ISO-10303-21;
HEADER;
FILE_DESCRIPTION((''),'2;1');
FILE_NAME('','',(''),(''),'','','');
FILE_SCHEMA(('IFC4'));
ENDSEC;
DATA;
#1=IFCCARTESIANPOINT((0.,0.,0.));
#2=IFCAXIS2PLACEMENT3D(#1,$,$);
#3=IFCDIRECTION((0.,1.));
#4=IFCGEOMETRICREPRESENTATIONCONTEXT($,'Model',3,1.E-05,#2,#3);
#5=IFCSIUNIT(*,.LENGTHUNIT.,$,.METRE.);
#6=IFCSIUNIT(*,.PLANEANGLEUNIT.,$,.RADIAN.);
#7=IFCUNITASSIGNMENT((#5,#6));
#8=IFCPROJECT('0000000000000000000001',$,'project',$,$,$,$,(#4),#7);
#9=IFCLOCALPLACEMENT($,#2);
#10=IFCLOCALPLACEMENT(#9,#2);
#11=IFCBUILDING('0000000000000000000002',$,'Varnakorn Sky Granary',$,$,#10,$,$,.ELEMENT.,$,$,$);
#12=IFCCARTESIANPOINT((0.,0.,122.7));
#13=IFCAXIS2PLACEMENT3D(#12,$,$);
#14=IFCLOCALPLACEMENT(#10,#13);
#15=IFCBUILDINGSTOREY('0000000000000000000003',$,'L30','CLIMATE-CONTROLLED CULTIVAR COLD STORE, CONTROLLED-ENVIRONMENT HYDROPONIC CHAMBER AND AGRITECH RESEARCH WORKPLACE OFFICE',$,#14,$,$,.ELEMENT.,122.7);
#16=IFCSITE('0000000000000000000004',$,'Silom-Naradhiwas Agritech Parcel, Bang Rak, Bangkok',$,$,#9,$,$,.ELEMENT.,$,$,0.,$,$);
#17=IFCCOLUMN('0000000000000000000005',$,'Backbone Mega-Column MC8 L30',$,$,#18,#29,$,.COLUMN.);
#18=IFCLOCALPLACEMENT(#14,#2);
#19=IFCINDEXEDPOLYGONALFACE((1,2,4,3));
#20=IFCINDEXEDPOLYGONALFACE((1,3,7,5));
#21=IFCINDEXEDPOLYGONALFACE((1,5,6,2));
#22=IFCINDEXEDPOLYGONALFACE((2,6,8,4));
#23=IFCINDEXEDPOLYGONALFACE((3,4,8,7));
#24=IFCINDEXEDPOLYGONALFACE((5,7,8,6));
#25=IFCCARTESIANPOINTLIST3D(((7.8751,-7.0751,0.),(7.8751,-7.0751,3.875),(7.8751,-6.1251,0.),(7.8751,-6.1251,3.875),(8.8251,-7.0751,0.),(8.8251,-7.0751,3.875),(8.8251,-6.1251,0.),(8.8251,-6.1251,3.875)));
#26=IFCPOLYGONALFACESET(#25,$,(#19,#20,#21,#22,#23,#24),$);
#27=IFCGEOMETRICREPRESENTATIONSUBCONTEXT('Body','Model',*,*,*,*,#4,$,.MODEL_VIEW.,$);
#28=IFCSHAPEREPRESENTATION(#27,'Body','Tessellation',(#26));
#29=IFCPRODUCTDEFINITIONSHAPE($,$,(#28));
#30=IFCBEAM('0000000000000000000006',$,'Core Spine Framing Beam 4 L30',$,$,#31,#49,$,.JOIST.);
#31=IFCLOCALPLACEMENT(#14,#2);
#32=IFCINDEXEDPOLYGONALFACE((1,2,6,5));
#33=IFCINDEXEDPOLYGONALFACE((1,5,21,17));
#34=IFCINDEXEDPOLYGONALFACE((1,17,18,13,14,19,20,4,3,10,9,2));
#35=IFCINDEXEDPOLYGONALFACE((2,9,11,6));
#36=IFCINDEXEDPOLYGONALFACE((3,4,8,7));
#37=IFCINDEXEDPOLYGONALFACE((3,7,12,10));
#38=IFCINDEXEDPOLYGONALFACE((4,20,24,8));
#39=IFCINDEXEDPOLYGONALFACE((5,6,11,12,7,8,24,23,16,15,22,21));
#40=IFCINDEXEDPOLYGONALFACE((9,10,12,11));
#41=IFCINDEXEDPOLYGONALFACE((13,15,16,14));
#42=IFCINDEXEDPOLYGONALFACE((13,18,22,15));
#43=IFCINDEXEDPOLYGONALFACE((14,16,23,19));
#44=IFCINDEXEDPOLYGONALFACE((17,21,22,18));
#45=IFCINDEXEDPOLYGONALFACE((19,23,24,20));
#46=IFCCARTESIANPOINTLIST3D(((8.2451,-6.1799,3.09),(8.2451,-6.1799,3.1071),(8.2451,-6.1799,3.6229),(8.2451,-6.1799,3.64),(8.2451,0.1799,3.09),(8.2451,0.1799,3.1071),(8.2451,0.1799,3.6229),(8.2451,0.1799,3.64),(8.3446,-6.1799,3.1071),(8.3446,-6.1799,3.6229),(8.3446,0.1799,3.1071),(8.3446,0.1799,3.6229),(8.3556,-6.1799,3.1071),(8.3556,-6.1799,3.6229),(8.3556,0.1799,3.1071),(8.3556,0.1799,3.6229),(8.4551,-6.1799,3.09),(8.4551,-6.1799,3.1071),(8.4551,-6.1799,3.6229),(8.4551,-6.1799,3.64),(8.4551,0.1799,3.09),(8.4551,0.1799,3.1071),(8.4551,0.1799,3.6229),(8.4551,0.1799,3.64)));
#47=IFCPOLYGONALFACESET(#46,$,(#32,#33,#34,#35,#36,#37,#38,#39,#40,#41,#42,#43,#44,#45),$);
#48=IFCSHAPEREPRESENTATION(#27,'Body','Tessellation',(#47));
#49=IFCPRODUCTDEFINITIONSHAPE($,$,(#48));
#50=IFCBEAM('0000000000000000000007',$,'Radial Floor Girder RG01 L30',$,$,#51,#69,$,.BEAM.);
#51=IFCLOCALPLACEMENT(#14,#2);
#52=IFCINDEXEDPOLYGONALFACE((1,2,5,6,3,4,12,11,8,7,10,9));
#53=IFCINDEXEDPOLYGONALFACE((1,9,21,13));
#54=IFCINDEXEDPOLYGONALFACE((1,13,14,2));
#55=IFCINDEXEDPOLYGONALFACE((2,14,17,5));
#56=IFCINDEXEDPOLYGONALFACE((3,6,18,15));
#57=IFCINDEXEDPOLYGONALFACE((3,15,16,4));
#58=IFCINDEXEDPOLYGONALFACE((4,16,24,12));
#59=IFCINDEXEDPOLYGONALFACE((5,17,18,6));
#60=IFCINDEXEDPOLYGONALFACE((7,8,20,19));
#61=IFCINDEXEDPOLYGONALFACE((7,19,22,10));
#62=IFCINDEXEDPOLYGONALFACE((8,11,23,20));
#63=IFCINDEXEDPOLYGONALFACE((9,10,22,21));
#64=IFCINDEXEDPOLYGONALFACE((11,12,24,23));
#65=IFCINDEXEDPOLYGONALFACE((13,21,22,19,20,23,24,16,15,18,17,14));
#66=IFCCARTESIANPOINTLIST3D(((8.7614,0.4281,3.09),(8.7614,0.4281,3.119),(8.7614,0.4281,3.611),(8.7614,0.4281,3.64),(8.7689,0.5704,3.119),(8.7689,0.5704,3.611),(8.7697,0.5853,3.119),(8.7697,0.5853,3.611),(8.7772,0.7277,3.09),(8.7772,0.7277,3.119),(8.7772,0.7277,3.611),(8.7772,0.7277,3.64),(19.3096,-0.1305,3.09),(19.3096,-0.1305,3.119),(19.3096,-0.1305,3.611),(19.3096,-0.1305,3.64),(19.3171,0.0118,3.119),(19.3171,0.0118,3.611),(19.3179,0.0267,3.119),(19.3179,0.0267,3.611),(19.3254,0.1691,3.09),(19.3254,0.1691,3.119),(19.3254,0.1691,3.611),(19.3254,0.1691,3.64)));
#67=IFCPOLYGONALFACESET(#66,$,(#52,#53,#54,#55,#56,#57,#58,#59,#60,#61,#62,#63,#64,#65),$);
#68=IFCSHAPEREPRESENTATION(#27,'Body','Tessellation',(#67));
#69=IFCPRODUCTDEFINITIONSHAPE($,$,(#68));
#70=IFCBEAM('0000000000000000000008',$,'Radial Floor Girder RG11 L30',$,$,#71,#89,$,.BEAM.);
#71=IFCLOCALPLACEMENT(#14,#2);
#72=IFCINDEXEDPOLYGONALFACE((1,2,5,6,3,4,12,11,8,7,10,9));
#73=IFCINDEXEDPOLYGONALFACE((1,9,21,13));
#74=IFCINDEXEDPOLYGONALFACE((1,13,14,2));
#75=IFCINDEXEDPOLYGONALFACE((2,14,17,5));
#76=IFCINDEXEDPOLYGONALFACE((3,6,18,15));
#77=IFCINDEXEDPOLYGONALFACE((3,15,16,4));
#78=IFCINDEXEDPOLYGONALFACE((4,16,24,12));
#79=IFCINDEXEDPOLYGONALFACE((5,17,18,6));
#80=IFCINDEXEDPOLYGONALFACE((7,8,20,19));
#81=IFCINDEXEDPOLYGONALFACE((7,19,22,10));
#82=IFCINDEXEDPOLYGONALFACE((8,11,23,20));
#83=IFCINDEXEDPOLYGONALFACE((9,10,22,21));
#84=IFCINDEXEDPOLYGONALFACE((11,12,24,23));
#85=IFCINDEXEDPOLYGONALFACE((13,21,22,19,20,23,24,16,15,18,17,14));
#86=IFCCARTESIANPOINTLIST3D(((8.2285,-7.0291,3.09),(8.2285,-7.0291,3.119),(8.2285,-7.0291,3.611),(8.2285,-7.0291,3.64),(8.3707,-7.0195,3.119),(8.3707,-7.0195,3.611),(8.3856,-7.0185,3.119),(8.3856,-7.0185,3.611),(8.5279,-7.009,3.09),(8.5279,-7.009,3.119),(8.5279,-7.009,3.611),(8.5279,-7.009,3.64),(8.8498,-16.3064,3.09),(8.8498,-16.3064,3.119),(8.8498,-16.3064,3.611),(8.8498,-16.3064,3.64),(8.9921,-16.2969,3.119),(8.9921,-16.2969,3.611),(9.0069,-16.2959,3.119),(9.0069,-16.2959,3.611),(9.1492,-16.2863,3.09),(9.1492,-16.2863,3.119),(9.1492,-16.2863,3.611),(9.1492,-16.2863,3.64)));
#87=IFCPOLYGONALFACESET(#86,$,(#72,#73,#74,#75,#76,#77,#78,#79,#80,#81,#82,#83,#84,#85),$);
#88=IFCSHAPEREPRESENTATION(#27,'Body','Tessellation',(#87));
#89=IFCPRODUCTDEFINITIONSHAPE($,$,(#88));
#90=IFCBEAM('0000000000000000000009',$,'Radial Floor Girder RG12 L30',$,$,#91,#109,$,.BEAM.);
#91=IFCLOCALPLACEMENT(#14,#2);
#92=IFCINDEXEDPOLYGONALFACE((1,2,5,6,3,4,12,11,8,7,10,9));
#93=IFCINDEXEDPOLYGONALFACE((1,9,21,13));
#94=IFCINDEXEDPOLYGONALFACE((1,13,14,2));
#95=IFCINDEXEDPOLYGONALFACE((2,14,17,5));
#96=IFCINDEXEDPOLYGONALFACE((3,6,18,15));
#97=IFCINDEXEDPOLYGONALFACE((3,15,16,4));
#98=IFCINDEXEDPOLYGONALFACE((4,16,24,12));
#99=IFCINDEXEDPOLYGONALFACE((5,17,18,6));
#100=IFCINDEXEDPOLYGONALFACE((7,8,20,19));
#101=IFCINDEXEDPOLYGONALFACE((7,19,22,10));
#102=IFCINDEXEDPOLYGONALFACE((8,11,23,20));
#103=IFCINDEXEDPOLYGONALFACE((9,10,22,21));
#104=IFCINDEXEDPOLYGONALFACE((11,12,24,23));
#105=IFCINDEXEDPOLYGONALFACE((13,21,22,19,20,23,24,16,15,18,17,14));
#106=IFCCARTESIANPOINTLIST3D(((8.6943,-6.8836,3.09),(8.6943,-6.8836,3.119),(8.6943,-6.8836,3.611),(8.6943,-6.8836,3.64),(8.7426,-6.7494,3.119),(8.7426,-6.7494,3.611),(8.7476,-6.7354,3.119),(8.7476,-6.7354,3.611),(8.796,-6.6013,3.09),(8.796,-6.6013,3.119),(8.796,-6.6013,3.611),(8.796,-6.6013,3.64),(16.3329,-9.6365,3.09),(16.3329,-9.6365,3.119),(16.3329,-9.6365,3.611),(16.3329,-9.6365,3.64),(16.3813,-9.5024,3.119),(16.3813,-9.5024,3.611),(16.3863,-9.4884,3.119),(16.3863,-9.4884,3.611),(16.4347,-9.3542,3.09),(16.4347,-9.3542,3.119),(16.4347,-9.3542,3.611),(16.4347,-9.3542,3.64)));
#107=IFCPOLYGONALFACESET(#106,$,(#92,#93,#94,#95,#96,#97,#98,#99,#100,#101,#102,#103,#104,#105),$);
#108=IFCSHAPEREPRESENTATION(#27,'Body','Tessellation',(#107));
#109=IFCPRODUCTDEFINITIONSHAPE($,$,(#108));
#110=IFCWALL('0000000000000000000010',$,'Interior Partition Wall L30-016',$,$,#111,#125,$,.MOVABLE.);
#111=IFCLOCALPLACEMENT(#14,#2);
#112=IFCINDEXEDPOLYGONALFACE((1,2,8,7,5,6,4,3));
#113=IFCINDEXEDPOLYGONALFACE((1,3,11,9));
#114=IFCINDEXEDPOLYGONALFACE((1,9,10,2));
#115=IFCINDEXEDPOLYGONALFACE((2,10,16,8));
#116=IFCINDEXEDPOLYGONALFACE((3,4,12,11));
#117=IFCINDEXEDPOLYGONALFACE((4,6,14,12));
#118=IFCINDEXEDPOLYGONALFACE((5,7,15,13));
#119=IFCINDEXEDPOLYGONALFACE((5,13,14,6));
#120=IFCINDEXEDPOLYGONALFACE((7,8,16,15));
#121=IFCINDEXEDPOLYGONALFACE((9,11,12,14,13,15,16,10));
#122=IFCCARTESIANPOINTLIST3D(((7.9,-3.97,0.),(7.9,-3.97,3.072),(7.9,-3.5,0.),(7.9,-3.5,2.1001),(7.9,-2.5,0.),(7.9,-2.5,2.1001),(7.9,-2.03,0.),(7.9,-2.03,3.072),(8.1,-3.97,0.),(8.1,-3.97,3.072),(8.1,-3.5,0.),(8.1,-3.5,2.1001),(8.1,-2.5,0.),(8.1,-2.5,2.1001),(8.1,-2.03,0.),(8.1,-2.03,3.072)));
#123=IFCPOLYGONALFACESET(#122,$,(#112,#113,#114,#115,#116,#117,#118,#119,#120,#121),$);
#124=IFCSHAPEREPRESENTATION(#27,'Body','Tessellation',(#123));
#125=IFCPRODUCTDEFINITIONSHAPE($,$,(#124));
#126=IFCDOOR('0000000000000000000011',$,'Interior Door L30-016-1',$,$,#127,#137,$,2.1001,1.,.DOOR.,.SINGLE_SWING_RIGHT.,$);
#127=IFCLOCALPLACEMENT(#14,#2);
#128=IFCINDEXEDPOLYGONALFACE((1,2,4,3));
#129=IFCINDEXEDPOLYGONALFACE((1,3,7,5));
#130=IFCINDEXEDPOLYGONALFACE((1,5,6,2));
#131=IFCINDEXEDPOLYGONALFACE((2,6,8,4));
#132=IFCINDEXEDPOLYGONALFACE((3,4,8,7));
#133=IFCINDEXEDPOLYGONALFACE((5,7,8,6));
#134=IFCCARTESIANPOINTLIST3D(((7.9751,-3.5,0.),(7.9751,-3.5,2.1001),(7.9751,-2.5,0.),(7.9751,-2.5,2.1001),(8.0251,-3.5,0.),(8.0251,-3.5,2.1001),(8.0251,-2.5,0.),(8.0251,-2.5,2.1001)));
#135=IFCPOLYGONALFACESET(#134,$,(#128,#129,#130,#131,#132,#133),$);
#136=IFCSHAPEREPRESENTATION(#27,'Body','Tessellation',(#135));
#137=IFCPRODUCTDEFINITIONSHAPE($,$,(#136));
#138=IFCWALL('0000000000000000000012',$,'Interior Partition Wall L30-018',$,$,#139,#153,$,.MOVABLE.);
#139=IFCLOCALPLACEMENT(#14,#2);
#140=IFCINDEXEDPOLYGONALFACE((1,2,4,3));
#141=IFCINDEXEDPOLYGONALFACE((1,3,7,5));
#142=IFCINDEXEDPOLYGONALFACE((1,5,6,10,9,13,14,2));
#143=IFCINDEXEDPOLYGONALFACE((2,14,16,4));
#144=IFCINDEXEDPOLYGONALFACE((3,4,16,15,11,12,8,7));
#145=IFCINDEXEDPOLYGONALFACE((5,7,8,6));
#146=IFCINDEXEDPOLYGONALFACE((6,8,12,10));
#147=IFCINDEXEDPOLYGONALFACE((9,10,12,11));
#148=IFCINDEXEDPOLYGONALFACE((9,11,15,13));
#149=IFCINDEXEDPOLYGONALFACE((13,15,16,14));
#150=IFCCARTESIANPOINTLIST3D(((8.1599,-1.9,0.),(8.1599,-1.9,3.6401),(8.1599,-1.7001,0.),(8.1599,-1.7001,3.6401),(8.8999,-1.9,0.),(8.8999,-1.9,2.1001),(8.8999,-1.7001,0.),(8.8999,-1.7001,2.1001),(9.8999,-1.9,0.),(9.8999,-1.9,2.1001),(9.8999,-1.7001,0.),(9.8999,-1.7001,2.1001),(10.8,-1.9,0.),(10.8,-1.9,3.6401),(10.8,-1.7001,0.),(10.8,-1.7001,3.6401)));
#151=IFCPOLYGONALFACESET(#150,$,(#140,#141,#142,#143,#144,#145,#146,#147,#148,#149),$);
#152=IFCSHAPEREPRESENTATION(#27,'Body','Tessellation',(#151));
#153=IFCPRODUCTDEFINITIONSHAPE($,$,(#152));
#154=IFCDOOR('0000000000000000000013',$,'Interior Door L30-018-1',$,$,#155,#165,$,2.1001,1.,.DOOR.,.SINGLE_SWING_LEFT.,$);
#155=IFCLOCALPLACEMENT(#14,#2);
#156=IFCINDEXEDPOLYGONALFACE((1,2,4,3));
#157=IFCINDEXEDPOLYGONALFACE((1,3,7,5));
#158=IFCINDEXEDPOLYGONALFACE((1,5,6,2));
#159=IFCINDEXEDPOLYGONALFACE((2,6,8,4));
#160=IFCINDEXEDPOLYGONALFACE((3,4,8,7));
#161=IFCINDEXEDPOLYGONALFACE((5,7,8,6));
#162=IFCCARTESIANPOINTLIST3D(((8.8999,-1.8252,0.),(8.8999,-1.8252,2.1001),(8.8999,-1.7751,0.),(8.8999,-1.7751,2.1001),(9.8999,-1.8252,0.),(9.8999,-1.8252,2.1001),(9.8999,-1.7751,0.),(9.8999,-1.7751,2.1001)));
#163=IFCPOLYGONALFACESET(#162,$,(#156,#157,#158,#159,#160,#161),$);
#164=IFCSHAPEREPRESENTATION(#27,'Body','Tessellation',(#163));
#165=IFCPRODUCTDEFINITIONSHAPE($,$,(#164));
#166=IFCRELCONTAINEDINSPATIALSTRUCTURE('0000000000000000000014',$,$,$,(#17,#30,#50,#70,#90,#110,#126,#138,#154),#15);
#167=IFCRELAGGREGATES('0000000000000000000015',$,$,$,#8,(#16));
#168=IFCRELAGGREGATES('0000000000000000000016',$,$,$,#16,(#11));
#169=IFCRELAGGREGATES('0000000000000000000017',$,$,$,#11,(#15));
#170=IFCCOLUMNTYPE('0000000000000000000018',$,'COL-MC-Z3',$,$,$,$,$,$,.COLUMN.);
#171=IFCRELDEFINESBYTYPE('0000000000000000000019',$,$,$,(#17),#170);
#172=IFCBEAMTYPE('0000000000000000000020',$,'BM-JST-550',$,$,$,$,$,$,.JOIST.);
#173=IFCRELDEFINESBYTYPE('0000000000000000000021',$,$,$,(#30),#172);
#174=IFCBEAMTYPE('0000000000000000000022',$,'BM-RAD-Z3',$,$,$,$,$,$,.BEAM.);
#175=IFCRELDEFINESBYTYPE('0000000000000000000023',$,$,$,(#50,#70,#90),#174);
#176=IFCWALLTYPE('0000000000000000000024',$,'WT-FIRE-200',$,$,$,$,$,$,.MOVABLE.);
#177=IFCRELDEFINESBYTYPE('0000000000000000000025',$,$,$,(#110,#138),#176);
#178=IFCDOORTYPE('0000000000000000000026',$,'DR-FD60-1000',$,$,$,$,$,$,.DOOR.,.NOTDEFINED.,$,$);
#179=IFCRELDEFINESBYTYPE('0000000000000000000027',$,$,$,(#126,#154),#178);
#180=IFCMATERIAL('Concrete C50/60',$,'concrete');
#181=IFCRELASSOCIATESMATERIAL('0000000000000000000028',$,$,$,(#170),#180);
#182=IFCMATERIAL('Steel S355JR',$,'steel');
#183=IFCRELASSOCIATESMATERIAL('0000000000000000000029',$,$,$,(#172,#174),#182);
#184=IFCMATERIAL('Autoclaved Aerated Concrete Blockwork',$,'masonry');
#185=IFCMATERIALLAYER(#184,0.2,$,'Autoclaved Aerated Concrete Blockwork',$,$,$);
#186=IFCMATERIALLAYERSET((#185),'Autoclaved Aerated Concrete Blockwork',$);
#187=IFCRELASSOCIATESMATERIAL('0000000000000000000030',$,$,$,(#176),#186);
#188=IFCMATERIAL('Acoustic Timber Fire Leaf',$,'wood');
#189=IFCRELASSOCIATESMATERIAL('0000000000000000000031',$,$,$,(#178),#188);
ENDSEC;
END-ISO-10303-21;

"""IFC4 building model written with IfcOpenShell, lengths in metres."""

from ifc_helpers import new_model, si_unit, direction, frame, frame_2d, origin, origin_2d, place, context, subcontext, project, spatial, rectangle, i_section, extrude, material, layer, layer_set, material_profile, profile_set, type_object, element, fill, save


model = new_model("IFC4")

# Units and contexts
model_context = context("Model", 3, precision=1e-05, world=origin(), true_north=direction((0.0, 1.0)))
body_context = subcontext(model_context, "Body", "Model", "MODEL_VIEW")
ifc_project = project(units=[si_unit("LENGTHUNIT", "METRE"), si_unit("PLANEANGLEUNIT", "RADIAN")], contexts=[model_context])

# Site, building, storey
site_placement = place(None, origin())
site = spatial("IfcSite", under=ifc_project, at=site_placement, Name="Silom-Naradhiwas Agritech Parcel, Bang Rak, Bangkok", CompositionType="ELEMENT", RefElevation=0.0)
building_placement = place(site_placement, origin())
building = spatial("IfcBuilding", under=site, at=building_placement, Name="Varnakorn Sky Granary", CompositionType="ELEMENT")
storey_placement = place(building_placement, frame((0.0, 0.0, 122.7)))
storey = spatial("IfcBuildingStorey", under=building, at=storey_placement, Name="L30", Description="CLIMATE-CONTROLLED CULTIVAR COLD STORE, CONTROLLED-ENVIRONMENT HYDROPONIC CHAMBER AND AGRITECH RESEARCH WORKPLACE OFFICE", CompositionType="ELEMENT", Elevation=122.7)

# Column
ifc_material_1 = material(Name="Concrete C50/60", Category="concrete")
ifc_material_profile_1 = material_profile(ifc_material_1, rectangle(XDim=0.95, YDim=0.95, at=origin_2d()), Name="RC 950x950")
ifc_profile_set_1 = profile_set([ifc_material_profile_1], Name="Concrete C50/60")
column_type = type_object("IfcColumnType", Name="COL-MC-Z3", PredefinedType="COLUMN", material=ifc_profile_set_1)
column_placement = place(storey_placement, frame((8.3501, -6.6001, 0.0), z_axis=(0.0, 0.0, 1.0), x_axis=(1.0, 0.0, 0.0)))
element("IfcColumn", 1, at=column_placement, inside=storey, type_object=column_type, Name="Backbone Mega-Column MC8 L30", PredefinedType="COLUMN", context=body_context, shape_type="SweptSolid", body=[
    extrude(rectangle(XDim=0.95, YDim=0.95, at=origin_2d()), origin(), (0.0, 0.0, 1.0), 3.875),
])

# Beams
ifc_material_2 = material(Name="Steel S355JR", Category="steel")
ifc_material_profile_2 = material_profile(ifc_material_2, i_section(OverallWidth=0.21, OverallDepth=0.55, WebThickness=0.011, FlangeThickness=0.0171, at=origin_2d()), Name="IPE 550")
ifc_profile_set_2 = profile_set([ifc_material_profile_2], Name="Steel S355JR")
beam_type_1 = type_object("IfcBeamType", Name="BM-JST-550", PredefinedType="JOIST", material=ifc_profile_set_2)
beam_1_placement = place(storey_placement, frame((8.3501, 0.1799, 3.365), z_axis=(0.0, -1.0, 0.0), x_axis=(1.0, 0.0, 0.0)))
element("IfcBeam", 2, at=beam_1_placement, inside=storey, type_object=beam_type_1, Name="Core Spine Framing Beam 4 L30", PredefinedType="JOIST", context=body_context, shape_type="SweptSolid", body=[
    extrude(i_section(OverallWidth=0.21, OverallDepth=0.55, WebThickness=0.011, FlangeThickness=0.0171, at=origin_2d()), origin(), (0.0, 0.0, 1.0), 6.3599),
])
ifc_material_profile_3 = material_profile(ifc_material_2, i_section(OverallWidth=0.3, OverallDepth=0.55, WebThickness=0.0149, FlangeThickness=0.0291, at=origin_2d()), Name="HE 550 B")
ifc_profile_set_3 = profile_set([ifc_material_profile_3], Name="Steel S355JR")
beam_type_2 = type_object("IfcBeamType", Name="BM-RAD-Z3", PredefinedType="BEAM", material=ifc_profile_set_3)
beam_2_placement = place(storey_placement, frame((8.7693, 0.5779, 3.365), z_axis=(0.998601, -0.052883, 0.0), x_axis=(0.052883, 0.998601, 0.0)))
element("IfcBeam", 3, at=beam_2_placement, inside=storey, type_object=beam_type_2, Name="Radial Floor Girder RG01 L30", PredefinedType="BEAM", context=body_context, shape_type="SweptSolid", body=[
    extrude(i_section(OverallWidth=0.3, OverallDepth=0.55, WebThickness=0.0149, FlangeThickness=0.0291, at=origin_2d()), origin(), (0.0, 0.0, 1.0), 10.563),
])
beam_3_placement = place(storey_placement, frame((8.3782, -7.019, 3.365), z_axis=(0.066824, -0.997765, 0.0), x_axis=(0.997765, 0.066824, 0.0)))
element("IfcBeam", 4, at=beam_3_placement, inside=storey, type_object=beam_type_2, Name="Radial Floor Girder RG11 L30", PredefinedType="BEAM", context=body_context, shape_type="SweptSolid", body=[
    extrude(i_section(OverallWidth=0.3, OverallDepth=0.55, WebThickness=0.0149, FlangeThickness=0.0291, at=origin_2d()), origin(), (0.0, 0.0, 1.0), 9.2981),
])
beam_4_placement = place(storey_placement, frame((8.7451, -6.7424, 3.365), z_axis=(0.940769, -0.339047, 0.0), x_axis=(0.339047, 0.940769, 0.0)))
element("IfcBeam", 5, at=beam_4_placement, inside=storey, type_object=beam_type_2, Name="Radial Floor Girder RG12 L30", PredefinedType="BEAM", context=body_context, shape_type="SweptSolid", body=[
    extrude(i_section(OverallWidth=0.3, OverallDepth=0.55, WebThickness=0.0149, FlangeThickness=0.0291, at=origin_2d()), origin(), (0.0, 0.0, 1.0), 8.1196),
])

# Walls, openings, doors
ifc_material_3 = material(Name="Autoclaved Aerated Concrete Blockwork", Category="masonry")
ifc_layer_1 = layer(ifc_material_3, 0.2, Name="Autoclaved Aerated Concrete Blockwork")
ifc_layer_set_1 = layer_set([ifc_layer_1], Name="Autoclaved Aerated Concrete Blockwork")
wall_type_1 = type_object("IfcWallType", Name="WT-FIRE-200", PredefinedType="MOVABLE", material=ifc_layer_set_1)
wall_1_placement = place(storey_placement, frame((8.0, -3.97, 0.0), z_axis=(0.0, 0.0, 1.0), x_axis=(0.0, 1.0, 0.0)))
wall_1 = element("IfcWall", 6, at=wall_1_placement, inside=storey, type_object=wall_type_1, Name="Interior Partition Wall L30-016", PredefinedType="MOVABLE", context=body_context, shape_type="SweptSolid", body=[
    extrude(rectangle(XDim=1.9399, YDim=0.2, at=frame_2d((0.97, 0.0))), origin(), (0.0, 0.0, 1.0), 3.072),
])
opening_1_placement = place(wall_1_placement, frame((0.47, 0.0, 0.0)))
opening_1 = element("IfcOpeningElement", 7, at=opening_1_placement, cuts=wall_1, PredefinedType="OPENING", context=body_context, shape_type="SweptSolid", body=[
    extrude(rectangle(XDim=1.0, YDim=2.1001, at=frame_2d((0.5, 1.05))), frame((0.0, 0.1099, 0.0), z_axis=(0.0, -1.0, 0.0), x_axis=(1.0, 0.0, 0.0)), (0.0, 0.0, 1.0), 0.22),
])
ifc_material_4 = material(Name="Acoustic Timber Fire Leaf", Category="wood")
door_type_1 = type_object("IfcDoorType", Name="DR-FD60-1000", OperationType="NOTDEFINED", PredefinedType="DOOR", material=ifc_material_4)
door_1_placement = place(opening_1_placement, origin())
door_1 = element("IfcDoor", 8, at=door_1_placement, inside=storey, type_object=door_type_1, Name="Interior Door L30-016-1", OperationType="SINGLE_SWING_RIGHT", OverallHeight=2.1001, OverallWidth=1.0, PredefinedType="DOOR", context=body_context, shape_type="SweptSolid", body=[
    extrude(rectangle(XDim=1.0, YDim=2.1001, at=frame_2d((0.5, 1.05))), frame((0.0, 0.0249, 0.0), z_axis=(0.0, -1.0, 0.0), x_axis=(1.0, 0.0, 0.0)), (0.0, 0.0, 1.0), 0.05),
])
fill(opening_1, door_1)
wall_2_placement = place(storey_placement, frame((8.1599, -1.8, 0.0), z_axis=(0.0, 0.0, 1.0), x_axis=(1.0, 0.0, 0.0)))
wall_2 = element("IfcWall", 9, at=wall_2_placement, inside=storey, type_object=wall_type_1, Name="Interior Partition Wall L30-018", PredefinedType="MOVABLE", context=body_context, shape_type="SweptSolid", body=[
    extrude(rectangle(XDim=2.6401, YDim=0.2, at=frame_2d((1.3201, 0.0))), origin(), (0.0, 0.0, 1.0), 3.6401),
])
opening_2_placement = place(wall_2_placement, frame((0.74, 0.0, 0.0)))
opening_2 = element("IfcOpeningElement", 10, at=opening_2_placement, cuts=wall_2, PredefinedType="OPENING", context=body_context, shape_type="SweptSolid", body=[
    extrude(rectangle(XDim=1.0, YDim=2.1001, at=frame_2d((0.5, 1.05))), frame((0.0, 0.1099, 0.0), z_axis=(0.0, -1.0, 0.0), x_axis=(1.0, 0.0, 0.0)), (0.0, 0.0, 1.0), 0.22),
])
door_2_placement = place(opening_2_placement, origin())
door_2 = element("IfcDoor", 11, at=door_2_placement, inside=storey, type_object=door_type_1, Name="Interior Door L30-018-1", OperationType="SINGLE_SWING_LEFT", OverallHeight=2.1001, OverallWidth=1.0, PredefinedType="DOOR", context=body_context, shape_type="SweptSolid", body=[
    extrude(rectangle(XDim=1.0, YDim=2.1001, at=frame_2d((0.5, 1.05))), frame((0.0, 0.0249, 0.0), z_axis=(0.0, -1.0, 0.0), x_axis=(1.0, 0.0, 0.0)), (0.0, 0.0, 1.0), 0.05),
])
fill(opening_2, door_2)

save(model, "model.ifc")
